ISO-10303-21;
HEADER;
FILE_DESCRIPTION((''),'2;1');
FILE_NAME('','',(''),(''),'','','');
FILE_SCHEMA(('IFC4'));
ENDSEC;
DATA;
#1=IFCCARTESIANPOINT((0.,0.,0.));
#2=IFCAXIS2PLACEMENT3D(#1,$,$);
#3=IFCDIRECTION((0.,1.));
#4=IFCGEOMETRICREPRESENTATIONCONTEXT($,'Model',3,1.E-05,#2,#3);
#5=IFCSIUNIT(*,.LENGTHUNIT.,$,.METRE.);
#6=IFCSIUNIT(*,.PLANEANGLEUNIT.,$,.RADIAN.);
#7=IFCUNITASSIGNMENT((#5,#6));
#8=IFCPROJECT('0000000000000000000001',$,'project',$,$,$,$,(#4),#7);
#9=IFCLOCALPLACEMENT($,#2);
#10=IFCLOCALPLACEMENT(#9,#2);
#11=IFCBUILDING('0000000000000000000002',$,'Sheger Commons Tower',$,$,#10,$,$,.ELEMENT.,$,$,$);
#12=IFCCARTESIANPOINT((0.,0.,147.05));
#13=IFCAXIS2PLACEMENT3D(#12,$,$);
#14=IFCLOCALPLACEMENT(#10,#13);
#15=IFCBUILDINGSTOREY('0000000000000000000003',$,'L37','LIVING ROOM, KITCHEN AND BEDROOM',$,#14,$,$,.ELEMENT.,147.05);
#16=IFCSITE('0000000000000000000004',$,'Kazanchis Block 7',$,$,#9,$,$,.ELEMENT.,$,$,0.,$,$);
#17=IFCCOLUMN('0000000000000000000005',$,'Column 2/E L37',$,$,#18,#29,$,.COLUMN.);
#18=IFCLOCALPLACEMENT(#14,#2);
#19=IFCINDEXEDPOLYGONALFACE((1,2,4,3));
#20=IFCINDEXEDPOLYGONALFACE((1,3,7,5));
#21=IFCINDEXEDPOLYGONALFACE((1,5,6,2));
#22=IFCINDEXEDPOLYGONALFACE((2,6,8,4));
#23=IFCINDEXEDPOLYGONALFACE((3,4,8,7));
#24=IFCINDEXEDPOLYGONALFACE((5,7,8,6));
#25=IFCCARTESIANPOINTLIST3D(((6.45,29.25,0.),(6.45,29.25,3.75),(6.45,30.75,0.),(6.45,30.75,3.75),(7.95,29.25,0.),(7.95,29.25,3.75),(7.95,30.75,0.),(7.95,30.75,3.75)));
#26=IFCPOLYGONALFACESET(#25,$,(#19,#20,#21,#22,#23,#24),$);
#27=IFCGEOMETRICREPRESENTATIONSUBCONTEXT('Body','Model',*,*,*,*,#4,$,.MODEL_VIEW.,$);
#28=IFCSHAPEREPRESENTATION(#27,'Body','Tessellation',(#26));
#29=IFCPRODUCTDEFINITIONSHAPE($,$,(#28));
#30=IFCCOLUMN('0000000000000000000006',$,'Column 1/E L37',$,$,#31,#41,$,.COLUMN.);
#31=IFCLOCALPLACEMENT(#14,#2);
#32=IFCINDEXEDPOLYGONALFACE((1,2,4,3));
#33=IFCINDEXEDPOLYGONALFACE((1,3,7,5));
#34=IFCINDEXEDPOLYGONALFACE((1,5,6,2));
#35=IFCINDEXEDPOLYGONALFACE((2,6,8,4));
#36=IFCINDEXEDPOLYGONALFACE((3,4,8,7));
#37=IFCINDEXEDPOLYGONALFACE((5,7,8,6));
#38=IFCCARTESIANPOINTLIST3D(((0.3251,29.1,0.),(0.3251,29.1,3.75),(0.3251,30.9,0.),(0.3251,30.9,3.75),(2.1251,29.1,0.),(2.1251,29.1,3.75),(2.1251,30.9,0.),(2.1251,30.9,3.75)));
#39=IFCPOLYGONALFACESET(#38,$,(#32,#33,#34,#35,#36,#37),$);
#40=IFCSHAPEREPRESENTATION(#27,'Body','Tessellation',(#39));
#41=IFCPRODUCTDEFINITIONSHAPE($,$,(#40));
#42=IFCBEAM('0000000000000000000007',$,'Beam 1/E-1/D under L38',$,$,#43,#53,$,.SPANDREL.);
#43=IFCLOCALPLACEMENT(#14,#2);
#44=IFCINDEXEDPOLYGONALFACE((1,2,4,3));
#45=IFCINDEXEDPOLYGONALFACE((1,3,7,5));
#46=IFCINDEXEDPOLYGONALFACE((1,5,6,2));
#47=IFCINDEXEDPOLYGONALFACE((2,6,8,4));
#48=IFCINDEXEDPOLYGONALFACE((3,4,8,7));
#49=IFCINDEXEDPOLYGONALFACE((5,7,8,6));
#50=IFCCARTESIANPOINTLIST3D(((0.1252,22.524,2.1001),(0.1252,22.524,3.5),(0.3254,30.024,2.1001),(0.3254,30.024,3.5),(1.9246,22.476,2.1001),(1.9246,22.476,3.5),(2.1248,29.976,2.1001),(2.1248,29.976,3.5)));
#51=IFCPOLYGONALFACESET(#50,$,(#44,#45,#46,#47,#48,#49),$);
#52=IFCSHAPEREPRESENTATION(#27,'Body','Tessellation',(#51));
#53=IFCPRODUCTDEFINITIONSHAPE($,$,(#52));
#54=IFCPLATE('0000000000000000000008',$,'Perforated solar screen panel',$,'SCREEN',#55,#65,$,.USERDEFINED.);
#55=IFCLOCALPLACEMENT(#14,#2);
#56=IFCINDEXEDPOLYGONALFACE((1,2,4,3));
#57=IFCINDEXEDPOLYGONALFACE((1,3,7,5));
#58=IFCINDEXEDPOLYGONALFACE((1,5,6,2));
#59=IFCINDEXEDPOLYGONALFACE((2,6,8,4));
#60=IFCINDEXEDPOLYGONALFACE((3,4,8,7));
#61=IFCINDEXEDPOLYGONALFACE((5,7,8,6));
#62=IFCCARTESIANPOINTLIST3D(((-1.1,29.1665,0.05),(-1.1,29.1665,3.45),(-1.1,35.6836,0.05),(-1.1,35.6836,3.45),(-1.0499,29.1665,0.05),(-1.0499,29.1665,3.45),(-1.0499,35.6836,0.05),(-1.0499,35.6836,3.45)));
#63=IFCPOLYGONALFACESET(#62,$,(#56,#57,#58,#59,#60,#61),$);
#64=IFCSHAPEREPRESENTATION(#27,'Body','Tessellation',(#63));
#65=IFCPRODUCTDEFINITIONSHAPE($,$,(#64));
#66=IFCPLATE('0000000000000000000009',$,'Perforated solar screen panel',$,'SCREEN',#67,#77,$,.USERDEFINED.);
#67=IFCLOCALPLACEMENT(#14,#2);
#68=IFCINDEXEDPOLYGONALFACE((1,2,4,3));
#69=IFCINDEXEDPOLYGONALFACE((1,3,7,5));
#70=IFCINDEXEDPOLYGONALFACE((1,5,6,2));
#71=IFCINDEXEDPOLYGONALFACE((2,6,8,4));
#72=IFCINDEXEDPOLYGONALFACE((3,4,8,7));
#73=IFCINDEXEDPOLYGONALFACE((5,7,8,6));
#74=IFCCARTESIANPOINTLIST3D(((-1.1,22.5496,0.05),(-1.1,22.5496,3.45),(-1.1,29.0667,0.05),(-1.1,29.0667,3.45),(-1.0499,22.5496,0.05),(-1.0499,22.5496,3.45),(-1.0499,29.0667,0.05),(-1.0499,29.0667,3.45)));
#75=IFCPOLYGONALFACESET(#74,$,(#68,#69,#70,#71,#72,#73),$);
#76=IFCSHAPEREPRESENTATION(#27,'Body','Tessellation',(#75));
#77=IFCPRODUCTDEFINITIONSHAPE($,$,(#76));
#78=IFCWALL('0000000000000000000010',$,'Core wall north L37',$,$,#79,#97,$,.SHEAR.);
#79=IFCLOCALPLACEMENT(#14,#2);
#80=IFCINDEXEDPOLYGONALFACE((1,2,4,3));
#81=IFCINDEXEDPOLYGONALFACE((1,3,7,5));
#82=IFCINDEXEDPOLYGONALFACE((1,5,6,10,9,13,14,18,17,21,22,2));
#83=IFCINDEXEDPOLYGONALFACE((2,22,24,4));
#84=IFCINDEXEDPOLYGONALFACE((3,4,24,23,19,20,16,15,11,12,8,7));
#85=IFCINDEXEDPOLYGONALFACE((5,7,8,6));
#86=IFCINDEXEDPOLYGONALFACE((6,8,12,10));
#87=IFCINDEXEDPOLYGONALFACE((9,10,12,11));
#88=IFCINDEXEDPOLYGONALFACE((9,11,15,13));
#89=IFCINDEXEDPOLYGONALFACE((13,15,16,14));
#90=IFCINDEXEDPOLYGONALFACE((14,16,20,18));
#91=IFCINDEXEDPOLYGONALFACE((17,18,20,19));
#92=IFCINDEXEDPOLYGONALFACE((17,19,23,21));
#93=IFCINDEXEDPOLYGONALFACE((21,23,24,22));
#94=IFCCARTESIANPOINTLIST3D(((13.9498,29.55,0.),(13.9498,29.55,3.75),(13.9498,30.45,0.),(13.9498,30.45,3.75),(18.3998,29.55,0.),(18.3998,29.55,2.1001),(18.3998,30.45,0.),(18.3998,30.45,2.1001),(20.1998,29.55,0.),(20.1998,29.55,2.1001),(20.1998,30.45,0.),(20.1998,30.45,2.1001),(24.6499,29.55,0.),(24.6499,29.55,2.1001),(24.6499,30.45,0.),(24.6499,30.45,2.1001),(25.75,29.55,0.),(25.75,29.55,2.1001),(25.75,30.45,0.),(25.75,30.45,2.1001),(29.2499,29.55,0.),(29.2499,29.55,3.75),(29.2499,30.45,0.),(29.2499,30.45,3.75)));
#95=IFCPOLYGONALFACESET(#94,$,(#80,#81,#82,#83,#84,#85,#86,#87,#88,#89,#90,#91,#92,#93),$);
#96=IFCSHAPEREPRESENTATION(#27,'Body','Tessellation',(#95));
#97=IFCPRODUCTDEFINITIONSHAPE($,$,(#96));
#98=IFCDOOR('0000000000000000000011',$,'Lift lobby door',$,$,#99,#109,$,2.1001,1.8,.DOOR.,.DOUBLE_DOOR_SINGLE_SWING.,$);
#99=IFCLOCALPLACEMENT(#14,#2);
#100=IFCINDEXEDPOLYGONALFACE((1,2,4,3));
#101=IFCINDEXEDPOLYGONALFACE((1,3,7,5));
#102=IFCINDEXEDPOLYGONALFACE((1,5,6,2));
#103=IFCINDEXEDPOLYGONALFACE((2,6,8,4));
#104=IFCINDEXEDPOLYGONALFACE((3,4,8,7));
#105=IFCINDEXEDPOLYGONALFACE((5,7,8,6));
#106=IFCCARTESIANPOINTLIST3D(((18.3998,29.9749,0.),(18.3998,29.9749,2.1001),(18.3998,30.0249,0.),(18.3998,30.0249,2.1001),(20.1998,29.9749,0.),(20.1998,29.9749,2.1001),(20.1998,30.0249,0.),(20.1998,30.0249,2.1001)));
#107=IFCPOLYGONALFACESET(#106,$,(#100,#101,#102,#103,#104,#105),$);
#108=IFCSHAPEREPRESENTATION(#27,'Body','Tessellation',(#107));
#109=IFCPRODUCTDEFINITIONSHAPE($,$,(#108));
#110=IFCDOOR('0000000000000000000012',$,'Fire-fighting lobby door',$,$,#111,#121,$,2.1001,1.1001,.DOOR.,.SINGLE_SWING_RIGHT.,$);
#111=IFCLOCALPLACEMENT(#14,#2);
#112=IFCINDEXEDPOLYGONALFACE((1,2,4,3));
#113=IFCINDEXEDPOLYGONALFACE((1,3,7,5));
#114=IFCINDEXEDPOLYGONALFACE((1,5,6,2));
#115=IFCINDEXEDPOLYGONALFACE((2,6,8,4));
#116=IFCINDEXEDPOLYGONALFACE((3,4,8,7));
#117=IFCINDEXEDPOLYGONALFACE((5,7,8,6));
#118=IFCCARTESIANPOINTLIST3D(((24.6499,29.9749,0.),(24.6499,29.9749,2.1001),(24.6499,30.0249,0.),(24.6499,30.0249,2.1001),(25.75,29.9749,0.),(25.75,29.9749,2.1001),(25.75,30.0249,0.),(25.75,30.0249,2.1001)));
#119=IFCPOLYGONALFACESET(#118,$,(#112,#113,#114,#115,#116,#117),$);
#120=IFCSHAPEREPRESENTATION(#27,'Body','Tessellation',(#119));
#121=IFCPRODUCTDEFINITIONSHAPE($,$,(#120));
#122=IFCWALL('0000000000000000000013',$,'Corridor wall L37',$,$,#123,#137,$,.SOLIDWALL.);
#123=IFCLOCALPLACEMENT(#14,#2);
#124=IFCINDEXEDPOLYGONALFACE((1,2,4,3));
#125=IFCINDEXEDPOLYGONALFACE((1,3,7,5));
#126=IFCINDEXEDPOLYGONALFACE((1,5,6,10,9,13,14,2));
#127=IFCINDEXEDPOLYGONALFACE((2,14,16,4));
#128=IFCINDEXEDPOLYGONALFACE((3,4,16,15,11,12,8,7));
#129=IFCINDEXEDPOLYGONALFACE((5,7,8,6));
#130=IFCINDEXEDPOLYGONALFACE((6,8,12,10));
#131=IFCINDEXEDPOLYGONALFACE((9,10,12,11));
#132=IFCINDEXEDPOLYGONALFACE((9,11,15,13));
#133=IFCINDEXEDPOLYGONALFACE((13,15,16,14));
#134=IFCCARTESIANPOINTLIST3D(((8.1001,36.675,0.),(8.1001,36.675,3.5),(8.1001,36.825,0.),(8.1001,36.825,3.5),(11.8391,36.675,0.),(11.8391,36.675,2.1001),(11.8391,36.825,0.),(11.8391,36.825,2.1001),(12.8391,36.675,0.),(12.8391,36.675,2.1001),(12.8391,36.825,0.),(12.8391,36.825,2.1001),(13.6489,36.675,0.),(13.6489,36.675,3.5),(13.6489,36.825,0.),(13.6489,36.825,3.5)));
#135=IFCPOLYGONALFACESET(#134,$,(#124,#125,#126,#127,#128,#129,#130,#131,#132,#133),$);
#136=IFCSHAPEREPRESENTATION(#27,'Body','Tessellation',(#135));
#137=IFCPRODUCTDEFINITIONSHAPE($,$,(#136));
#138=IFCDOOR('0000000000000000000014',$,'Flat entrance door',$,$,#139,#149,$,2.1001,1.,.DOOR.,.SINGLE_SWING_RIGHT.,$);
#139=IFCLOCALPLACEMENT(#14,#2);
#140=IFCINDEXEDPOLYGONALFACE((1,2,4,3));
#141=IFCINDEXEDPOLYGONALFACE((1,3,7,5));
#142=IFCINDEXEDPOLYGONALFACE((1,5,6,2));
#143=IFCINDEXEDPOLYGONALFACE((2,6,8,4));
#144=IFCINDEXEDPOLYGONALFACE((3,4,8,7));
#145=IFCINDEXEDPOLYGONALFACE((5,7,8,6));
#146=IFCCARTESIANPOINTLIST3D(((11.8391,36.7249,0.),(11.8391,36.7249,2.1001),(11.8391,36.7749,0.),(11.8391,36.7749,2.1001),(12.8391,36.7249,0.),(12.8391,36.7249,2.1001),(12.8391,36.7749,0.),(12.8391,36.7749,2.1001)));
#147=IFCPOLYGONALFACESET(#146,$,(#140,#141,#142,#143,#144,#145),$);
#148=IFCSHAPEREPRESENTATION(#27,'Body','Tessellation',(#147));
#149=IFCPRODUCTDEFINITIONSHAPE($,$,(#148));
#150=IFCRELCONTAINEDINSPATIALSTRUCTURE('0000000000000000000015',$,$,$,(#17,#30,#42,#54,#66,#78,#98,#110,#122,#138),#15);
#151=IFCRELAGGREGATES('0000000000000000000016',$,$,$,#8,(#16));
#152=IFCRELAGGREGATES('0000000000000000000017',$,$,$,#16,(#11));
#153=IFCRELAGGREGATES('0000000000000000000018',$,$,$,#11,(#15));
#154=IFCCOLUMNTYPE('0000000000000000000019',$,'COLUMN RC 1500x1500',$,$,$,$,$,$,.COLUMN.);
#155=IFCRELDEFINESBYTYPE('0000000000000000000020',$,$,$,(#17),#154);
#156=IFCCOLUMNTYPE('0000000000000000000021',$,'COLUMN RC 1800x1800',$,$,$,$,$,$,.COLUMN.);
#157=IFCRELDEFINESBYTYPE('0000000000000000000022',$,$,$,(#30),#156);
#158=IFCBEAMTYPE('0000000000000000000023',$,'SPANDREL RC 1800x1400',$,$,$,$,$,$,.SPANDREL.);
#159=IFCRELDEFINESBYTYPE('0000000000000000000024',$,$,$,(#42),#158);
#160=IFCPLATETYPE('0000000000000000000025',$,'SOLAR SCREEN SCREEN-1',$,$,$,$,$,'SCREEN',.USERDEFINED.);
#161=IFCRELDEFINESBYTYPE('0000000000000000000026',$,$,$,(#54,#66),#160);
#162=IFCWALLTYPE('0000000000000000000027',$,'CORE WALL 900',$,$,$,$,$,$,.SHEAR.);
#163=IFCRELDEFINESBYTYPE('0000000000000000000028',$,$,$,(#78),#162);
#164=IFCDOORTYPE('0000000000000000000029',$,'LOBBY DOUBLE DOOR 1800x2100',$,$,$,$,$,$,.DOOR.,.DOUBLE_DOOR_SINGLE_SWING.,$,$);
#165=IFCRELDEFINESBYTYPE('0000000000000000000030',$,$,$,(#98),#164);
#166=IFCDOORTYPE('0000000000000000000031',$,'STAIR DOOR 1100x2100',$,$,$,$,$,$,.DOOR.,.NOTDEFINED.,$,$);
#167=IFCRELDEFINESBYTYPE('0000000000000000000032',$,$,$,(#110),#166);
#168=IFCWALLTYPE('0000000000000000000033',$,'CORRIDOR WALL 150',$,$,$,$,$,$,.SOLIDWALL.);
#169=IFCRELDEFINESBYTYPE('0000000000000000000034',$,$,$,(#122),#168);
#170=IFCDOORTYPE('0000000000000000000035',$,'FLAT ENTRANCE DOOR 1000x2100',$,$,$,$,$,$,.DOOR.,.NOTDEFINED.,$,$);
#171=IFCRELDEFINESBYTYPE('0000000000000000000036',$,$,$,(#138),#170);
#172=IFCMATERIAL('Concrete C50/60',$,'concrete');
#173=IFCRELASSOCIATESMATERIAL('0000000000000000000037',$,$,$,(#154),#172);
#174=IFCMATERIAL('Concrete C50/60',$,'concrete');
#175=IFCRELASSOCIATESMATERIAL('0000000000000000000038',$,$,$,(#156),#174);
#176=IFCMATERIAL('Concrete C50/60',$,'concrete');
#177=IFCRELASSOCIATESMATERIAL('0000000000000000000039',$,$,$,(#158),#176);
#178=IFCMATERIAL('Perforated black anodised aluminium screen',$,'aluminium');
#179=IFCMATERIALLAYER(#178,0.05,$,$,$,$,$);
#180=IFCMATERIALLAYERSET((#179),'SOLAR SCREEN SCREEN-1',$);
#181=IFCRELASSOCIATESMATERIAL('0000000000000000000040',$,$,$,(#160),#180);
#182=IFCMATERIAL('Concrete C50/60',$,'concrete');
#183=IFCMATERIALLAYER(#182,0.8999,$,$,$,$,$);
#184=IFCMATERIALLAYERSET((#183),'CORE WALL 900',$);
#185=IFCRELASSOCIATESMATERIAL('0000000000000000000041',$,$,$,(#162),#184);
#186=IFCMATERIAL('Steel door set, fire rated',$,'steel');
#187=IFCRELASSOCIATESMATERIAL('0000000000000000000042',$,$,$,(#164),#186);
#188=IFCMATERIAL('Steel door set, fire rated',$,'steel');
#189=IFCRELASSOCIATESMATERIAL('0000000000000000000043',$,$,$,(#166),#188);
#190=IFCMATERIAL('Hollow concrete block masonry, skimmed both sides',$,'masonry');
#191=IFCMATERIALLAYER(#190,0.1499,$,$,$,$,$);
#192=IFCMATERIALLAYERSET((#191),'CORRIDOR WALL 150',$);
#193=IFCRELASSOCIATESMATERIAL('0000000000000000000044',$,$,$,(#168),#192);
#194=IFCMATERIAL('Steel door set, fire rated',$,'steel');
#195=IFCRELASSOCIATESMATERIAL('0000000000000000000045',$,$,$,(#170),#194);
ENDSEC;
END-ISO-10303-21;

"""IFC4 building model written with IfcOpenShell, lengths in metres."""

from ifc_helpers import new_model, si_unit, direction, frame, frame_2d, origin, origin_2d, place, context, subcontext, project, spatial, rectangle, extrude, material, layer, layer_set, material_profile, profile_set, type_object, element, fill, save


model = new_model("IFC4")

# Units and contexts
model_context = context("Model", 3, precision=1e-05, world=origin(), true_north=direction((0.0, 1.0)))
body_context = subcontext(model_context, "Body", "Model", "MODEL_VIEW")
ifc_project = project(units=[si_unit("LENGTHUNIT", "METRE"), si_unit("PLANEANGLEUNIT", "RADIAN")], contexts=[model_context])

# Site, building, storey
site_placement = place(None, origin())
site = spatial("IfcSite", under=ifc_project, at=site_placement, Name="Kazanchis Block 7", CompositionType="ELEMENT", RefElevation=0.0)
building_placement = place(site_placement, origin())
building = spatial("IfcBuilding", under=site, at=building_placement, Name="Sheger Commons Tower", CompositionType="ELEMENT")
storey_placement = place(building_placement, frame((0.0, 0.0, 147.05)))
storey = spatial("IfcBuildingStorey", under=building, at=storey_placement, Name="L37", Description="LIVING ROOM, KITCHEN AND BEDROOM", CompositionType="ELEMENT", Elevation=147.05)

# Columns
ifc_material_1 = material(Name="Concrete C50/60", Category="concrete")
ifc_material_profile_1 = material_profile(ifc_material_1, rectangle(XDim=1.5, YDim=1.5, at=origin_2d()), Name="RC 1500x1500")
ifc_profile_set_1 = profile_set([ifc_material_profile_1], Name="Concrete C50/60")
column_type_1 = type_object("IfcColumnType", Name="COLUMN RC 1500x1500", PredefinedType="COLUMN", material=ifc_profile_set_1)
column_1_placement = place(storey_placement, frame((7.2, 30.0, 0.0), z_axis=(0.0, 0.0, 1.0), x_axis=(1.0, 0.0, 0.0)))
element("IfcColumn", 1, at=column_1_placement, inside=storey, type_object=column_type_1, Name="Column 2/E L37", PredefinedType="COLUMN", context=body_context, shape_type="SweptSolid", body=[
    extrude(rectangle(XDim=1.5, YDim=1.5, at=origin_2d()), origin(), (0.0, 0.0, 1.0), 3.75),
])
ifc_material_2 = material(Name="Concrete C50/60", Category="concrete")
ifc_material_profile_2 = material_profile(ifc_material_2, rectangle(XDim=1.8, YDim=1.8, at=origin_2d()), Name="RC 1800x1800")
ifc_profile_set_2 = profile_set([ifc_material_profile_2], Name="Concrete C50/60")
column_type_2 = type_object("IfcColumnType", Name="COLUMN RC 1800x1800", PredefinedType="COLUMN", material=ifc_profile_set_2)
column_2_placement = place(storey_placement, frame((1.2251, 30.0, 0.0), z_axis=(0.0, 0.0, 1.0), x_axis=(1.0, 0.0, 0.0)))
element("IfcColumn", 2, at=column_2_placement, inside=storey, type_object=column_type_2, Name="Column 1/E L37", PredefinedType="COLUMN", context=body_context, shape_type="SweptSolid", body=[
    extrude(rectangle(XDim=1.8, YDim=1.8, at=origin_2d()), origin(), (0.0, 0.0, 1.0), 3.75),
])

# Beam
ifc_material_3 = material(Name="Concrete C50/60", Category="concrete")
ifc_material_profile_3 = material_profile(ifc_material_3, rectangle(XDim=1.8, YDim=1.3999, at=origin_2d()), Name="RC 1800x1400")
ifc_profile_set_3 = profile_set([ifc_material_profile_3], Name="Concrete C50/60")
beam_type = type_object("IfcBeamType", Name="SPANDREL RC 1800x1400", PredefinedType="SPANDREL", material=ifc_profile_set_3)
beam_placement = place(storey_placement, frame((1.2251, 30.0, 2.8), z_axis=(-0.026683, -0.999644, 0.0), x_axis=(0.999644, -0.026683, 0.0)))
element("IfcBeam", 3, at=beam_placement, inside=storey, type_object=beam_type, Name="Beam 1/E-1/D under L38", PredefinedType="SPANDREL", context=body_context, shape_type="SweptSolid", body=[
    extrude(rectangle(XDim=1.8, YDim=1.3999, at=origin_2d()), origin(), (0.0, 0.0, 1.0), 7.5027),
])

# Plates
ifc_material_4 = material(Name="Perforated black anodised aluminium screen", Category="aluminium")
ifc_layer_1 = layer(ifc_material_4, 0.05)
ifc_layer_set_1 = layer_set([ifc_layer_1], Name="SOLAR SCREEN SCREEN-1")
plate_type = type_object("IfcPlateType", Name="SOLAR SCREEN SCREEN-1", ElementType="SCREEN", PredefinedType="USERDEFINED", material=ifc_layer_set_1)
for number, where, z_axis, x_axis, name in (
    (4, (-1.075, 32.425, 0.05), (0.0, 0.0, 1.0), (0.0, -1.0, 0.0), "Perforated solar screen panel"),
    (5, (-1.075, 25.8081, 0.05), (0.0, 0.0, 1.0), (0.0, -1.0, 0.0), "Perforated solar screen panel"),
):
    element("IfcPlate", number, at=place(storey_placement, frame(where, z_axis=z_axis, x_axis=x_axis)), inside=storey, type_object=plate_type, Name=name, ObjectType="SCREEN", PredefinedType="USERDEFINED", context=body_context, shape_type="SweptSolid", body=[
        extrude(rectangle(XDim=6.5171, YDim=0.05, at=origin_2d()), origin(), (0.0, 0.0, 1.0), 3.3999),
    ])

# Wall, openings, doors
ifc_material_5 = material(Name="Concrete C50/60", Category="concrete")
ifc_layer_2 = layer(ifc_material_5, 0.8999)
ifc_layer_set_2 = layer_set([ifc_layer_2], Name="CORE WALL 900")
wall_type_1 = type_object("IfcWallType", Name="CORE WALL 900", PredefinedType="SHEAR", material=ifc_layer_set_2)
wall_1_placement = place(storey_placement, frame((13.95, 30.0, 0.0), z_axis=(0.0, 0.0, 1.0), x_axis=(1.0, 0.0, 0.0)))
wall_1 = element("IfcWall", 6, at=wall_1_placement, inside=storey, type_object=wall_type_1, Name="Core wall north L37", PredefinedType="SHEAR", context=body_context, shape_type="SweptSolid", body=[
    extrude(rectangle(XDim=15.3, YDim=0.8999, at=frame_2d((7.6499, 0.0))), origin(), (0.0, 0.0, 1.0), 3.75),
])
opening_1_placement = place(wall_1_placement, frame((4.45, 0.0, 0.0)))
opening_1 = element("IfcOpeningElement", 7, at=opening_1_placement, cuts=wall_1, PredefinedType="OPENING", context=body_context, shape_type="SweptSolid", body=[
    extrude(rectangle(XDim=1.8, YDim=2.1001, at=frame_2d((0.8999, 1.05))), frame((0.0, 0.46, 0.0), z_axis=(0.0, -1.0, 0.0), x_axis=(1.0, 0.0, 0.0)), (0.0, 0.0, 1.0), 0.9199),
])
opening_2_placement = place(wall_1_placement, frame((10.7, 0.0, 0.0)))
opening_2 = element("IfcOpeningElement", 8, at=opening_2_placement, cuts=wall_1, PredefinedType="OPENING", context=body_context, shape_type="SweptSolid", body=[
    extrude(rectangle(XDim=1.1001, YDim=2.1001, at=frame_2d((0.55, 1.05))), frame((0.0, 0.46, 0.0), z_axis=(0.0, -1.0, 0.0), x_axis=(1.0, 0.0, 0.0)), (0.0, 0.0, 1.0), 0.9199),
])
ifc_material_6 = material(Name="Steel door set, fire rated", Category="steel")
door_type_1 = type_object("IfcDoorType", Name="LOBBY DOUBLE DOOR 1800x2100", OperationType="DOUBLE_DOOR_SINGLE_SWING", PredefinedType="DOOR", material=ifc_material_6)
door_1_placement = place(opening_1_placement, origin())
door_1 = element("IfcDoor", 9, at=door_1_placement, inside=storey, type_object=door_type_1, Name="Lift lobby door", OperationType="DOUBLE_DOOR_SINGLE_SWING", OverallHeight=2.1001, OverallWidth=1.8, PredefinedType="DOOR", context=body_context, shape_type="SweptSolid", body=[
    extrude(rectangle(XDim=1.8, YDim=2.1001, at=frame_2d((0.8999, 1.05))), frame((0.0, 0.0249, 0.0), z_axis=(0.0, -1.0, 0.0), x_axis=(1.0, 0.0, 0.0)), (0.0, 0.0, 1.0), 0.05),
])
fill(opening_1, door_1)
ifc_material_7 = material(Name="Steel door set, fire rated", Category="steel")
door_type_2 = type_object("IfcDoorType", Name="STAIR DOOR 1100x2100", OperationType="NOTDEFINED", PredefinedType="DOOR", material=ifc_material_7)
door_2_placement = place(opening_2_placement, origin())
door_2 = element("IfcDoor", 10, at=door_2_placement, inside=storey, type_object=door_type_2, Name="Fire-fighting lobby door", OperationType="SINGLE_SWING_RIGHT", OverallHeight=2.1001, OverallWidth=1.1001, PredefinedType="DOOR", context=body_context, shape_type="SweptSolid", body=[
    extrude(rectangle(XDim=1.1001, YDim=2.1001, at=frame_2d((0.55, 1.05))), frame((0.0, 0.0249, 0.0), z_axis=(0.0, -1.0, 0.0), x_axis=(1.0, 0.0, 0.0)), (0.0, 0.0, 1.0), 0.05),
])
fill(opening_2, door_2)

# Wall, opening, door
ifc_material_8 = material(Name="Hollow concrete block masonry, skimmed both sides", Category="masonry")
ifc_layer_3 = layer(ifc_material_8, 0.1499)
ifc_layer_set_3 = layer_set([ifc_layer_3], Name="CORRIDOR WALL 150")
wall_type_2 = type_object("IfcWallType", Name="CORRIDOR WALL 150", PredefinedType="SOLIDWALL", material=ifc_layer_set_3)
wall_2_placement = place(storey_placement, frame((8.1001, 36.75, 0.0), z_axis=(0.0, 0.0, 1.0), x_axis=(1.0, 0.0, 0.0)))
wall_2 = element("IfcWall", 11, at=wall_2_placement, inside=storey, type_object=wall_type_2, Name="Corridor wall L37", PredefinedType="SOLIDWALL", context=body_context, shape_type="SweptSolid", body=[
    extrude(rectangle(XDim=5.5488, YDim=0.1499, at=frame_2d((2.7744, 0.0))), origin(), (0.0, 0.0, 1.0), 3.5),
])
opening_3_placement = place(wall_2_placement, frame((3.739, 0.0, 0.0)))
opening_3 = element("IfcOpeningElement", 12, at=opening_3_placement, cuts=wall_2, PredefinedType="OPENING", context=body_context, shape_type="SweptSolid", body=[
    extrude(rectangle(XDim=1.0, YDim=2.1001, at=frame_2d((0.5, 1.05))), frame((0.0, 0.085, 0.0), z_axis=(0.0, -1.0, 0.0), x_axis=(1.0, 0.0, 0.0)), (0.0, 0.0, 1.0), 0.1699),
])
ifc_material_9 = material(Name="Steel door set, fire rated", Category="steel")
door_type_3 = type_object("IfcDoorType", Name="FLAT ENTRANCE DOOR 1000x2100", OperationType="NOTDEFINED", PredefinedType="DOOR", material=ifc_material_9)
door_3_placement = place(opening_3_placement, origin())
door_3 = element("IfcDoor", 13, at=door_3_placement, inside=storey, type_object=door_type_3, Name="Flat entrance door", OperationType="SINGLE_SWING_RIGHT", OverallHeight=2.1001, OverallWidth=1.0, PredefinedType="DOOR", context=body_context, shape_type="SweptSolid", body=[
    extrude(rectangle(XDim=1.0, YDim=2.1001, at=frame_2d((0.5, 1.05))), frame((0.0, 0.0249, 0.0), z_axis=(0.0, -1.0, 0.0), x_axis=(1.0, 0.0, 0.0)), (0.0, 0.0, 1.0), 0.05),
])
fill(opening_3, door_3)

save(model, "model.ifc")
